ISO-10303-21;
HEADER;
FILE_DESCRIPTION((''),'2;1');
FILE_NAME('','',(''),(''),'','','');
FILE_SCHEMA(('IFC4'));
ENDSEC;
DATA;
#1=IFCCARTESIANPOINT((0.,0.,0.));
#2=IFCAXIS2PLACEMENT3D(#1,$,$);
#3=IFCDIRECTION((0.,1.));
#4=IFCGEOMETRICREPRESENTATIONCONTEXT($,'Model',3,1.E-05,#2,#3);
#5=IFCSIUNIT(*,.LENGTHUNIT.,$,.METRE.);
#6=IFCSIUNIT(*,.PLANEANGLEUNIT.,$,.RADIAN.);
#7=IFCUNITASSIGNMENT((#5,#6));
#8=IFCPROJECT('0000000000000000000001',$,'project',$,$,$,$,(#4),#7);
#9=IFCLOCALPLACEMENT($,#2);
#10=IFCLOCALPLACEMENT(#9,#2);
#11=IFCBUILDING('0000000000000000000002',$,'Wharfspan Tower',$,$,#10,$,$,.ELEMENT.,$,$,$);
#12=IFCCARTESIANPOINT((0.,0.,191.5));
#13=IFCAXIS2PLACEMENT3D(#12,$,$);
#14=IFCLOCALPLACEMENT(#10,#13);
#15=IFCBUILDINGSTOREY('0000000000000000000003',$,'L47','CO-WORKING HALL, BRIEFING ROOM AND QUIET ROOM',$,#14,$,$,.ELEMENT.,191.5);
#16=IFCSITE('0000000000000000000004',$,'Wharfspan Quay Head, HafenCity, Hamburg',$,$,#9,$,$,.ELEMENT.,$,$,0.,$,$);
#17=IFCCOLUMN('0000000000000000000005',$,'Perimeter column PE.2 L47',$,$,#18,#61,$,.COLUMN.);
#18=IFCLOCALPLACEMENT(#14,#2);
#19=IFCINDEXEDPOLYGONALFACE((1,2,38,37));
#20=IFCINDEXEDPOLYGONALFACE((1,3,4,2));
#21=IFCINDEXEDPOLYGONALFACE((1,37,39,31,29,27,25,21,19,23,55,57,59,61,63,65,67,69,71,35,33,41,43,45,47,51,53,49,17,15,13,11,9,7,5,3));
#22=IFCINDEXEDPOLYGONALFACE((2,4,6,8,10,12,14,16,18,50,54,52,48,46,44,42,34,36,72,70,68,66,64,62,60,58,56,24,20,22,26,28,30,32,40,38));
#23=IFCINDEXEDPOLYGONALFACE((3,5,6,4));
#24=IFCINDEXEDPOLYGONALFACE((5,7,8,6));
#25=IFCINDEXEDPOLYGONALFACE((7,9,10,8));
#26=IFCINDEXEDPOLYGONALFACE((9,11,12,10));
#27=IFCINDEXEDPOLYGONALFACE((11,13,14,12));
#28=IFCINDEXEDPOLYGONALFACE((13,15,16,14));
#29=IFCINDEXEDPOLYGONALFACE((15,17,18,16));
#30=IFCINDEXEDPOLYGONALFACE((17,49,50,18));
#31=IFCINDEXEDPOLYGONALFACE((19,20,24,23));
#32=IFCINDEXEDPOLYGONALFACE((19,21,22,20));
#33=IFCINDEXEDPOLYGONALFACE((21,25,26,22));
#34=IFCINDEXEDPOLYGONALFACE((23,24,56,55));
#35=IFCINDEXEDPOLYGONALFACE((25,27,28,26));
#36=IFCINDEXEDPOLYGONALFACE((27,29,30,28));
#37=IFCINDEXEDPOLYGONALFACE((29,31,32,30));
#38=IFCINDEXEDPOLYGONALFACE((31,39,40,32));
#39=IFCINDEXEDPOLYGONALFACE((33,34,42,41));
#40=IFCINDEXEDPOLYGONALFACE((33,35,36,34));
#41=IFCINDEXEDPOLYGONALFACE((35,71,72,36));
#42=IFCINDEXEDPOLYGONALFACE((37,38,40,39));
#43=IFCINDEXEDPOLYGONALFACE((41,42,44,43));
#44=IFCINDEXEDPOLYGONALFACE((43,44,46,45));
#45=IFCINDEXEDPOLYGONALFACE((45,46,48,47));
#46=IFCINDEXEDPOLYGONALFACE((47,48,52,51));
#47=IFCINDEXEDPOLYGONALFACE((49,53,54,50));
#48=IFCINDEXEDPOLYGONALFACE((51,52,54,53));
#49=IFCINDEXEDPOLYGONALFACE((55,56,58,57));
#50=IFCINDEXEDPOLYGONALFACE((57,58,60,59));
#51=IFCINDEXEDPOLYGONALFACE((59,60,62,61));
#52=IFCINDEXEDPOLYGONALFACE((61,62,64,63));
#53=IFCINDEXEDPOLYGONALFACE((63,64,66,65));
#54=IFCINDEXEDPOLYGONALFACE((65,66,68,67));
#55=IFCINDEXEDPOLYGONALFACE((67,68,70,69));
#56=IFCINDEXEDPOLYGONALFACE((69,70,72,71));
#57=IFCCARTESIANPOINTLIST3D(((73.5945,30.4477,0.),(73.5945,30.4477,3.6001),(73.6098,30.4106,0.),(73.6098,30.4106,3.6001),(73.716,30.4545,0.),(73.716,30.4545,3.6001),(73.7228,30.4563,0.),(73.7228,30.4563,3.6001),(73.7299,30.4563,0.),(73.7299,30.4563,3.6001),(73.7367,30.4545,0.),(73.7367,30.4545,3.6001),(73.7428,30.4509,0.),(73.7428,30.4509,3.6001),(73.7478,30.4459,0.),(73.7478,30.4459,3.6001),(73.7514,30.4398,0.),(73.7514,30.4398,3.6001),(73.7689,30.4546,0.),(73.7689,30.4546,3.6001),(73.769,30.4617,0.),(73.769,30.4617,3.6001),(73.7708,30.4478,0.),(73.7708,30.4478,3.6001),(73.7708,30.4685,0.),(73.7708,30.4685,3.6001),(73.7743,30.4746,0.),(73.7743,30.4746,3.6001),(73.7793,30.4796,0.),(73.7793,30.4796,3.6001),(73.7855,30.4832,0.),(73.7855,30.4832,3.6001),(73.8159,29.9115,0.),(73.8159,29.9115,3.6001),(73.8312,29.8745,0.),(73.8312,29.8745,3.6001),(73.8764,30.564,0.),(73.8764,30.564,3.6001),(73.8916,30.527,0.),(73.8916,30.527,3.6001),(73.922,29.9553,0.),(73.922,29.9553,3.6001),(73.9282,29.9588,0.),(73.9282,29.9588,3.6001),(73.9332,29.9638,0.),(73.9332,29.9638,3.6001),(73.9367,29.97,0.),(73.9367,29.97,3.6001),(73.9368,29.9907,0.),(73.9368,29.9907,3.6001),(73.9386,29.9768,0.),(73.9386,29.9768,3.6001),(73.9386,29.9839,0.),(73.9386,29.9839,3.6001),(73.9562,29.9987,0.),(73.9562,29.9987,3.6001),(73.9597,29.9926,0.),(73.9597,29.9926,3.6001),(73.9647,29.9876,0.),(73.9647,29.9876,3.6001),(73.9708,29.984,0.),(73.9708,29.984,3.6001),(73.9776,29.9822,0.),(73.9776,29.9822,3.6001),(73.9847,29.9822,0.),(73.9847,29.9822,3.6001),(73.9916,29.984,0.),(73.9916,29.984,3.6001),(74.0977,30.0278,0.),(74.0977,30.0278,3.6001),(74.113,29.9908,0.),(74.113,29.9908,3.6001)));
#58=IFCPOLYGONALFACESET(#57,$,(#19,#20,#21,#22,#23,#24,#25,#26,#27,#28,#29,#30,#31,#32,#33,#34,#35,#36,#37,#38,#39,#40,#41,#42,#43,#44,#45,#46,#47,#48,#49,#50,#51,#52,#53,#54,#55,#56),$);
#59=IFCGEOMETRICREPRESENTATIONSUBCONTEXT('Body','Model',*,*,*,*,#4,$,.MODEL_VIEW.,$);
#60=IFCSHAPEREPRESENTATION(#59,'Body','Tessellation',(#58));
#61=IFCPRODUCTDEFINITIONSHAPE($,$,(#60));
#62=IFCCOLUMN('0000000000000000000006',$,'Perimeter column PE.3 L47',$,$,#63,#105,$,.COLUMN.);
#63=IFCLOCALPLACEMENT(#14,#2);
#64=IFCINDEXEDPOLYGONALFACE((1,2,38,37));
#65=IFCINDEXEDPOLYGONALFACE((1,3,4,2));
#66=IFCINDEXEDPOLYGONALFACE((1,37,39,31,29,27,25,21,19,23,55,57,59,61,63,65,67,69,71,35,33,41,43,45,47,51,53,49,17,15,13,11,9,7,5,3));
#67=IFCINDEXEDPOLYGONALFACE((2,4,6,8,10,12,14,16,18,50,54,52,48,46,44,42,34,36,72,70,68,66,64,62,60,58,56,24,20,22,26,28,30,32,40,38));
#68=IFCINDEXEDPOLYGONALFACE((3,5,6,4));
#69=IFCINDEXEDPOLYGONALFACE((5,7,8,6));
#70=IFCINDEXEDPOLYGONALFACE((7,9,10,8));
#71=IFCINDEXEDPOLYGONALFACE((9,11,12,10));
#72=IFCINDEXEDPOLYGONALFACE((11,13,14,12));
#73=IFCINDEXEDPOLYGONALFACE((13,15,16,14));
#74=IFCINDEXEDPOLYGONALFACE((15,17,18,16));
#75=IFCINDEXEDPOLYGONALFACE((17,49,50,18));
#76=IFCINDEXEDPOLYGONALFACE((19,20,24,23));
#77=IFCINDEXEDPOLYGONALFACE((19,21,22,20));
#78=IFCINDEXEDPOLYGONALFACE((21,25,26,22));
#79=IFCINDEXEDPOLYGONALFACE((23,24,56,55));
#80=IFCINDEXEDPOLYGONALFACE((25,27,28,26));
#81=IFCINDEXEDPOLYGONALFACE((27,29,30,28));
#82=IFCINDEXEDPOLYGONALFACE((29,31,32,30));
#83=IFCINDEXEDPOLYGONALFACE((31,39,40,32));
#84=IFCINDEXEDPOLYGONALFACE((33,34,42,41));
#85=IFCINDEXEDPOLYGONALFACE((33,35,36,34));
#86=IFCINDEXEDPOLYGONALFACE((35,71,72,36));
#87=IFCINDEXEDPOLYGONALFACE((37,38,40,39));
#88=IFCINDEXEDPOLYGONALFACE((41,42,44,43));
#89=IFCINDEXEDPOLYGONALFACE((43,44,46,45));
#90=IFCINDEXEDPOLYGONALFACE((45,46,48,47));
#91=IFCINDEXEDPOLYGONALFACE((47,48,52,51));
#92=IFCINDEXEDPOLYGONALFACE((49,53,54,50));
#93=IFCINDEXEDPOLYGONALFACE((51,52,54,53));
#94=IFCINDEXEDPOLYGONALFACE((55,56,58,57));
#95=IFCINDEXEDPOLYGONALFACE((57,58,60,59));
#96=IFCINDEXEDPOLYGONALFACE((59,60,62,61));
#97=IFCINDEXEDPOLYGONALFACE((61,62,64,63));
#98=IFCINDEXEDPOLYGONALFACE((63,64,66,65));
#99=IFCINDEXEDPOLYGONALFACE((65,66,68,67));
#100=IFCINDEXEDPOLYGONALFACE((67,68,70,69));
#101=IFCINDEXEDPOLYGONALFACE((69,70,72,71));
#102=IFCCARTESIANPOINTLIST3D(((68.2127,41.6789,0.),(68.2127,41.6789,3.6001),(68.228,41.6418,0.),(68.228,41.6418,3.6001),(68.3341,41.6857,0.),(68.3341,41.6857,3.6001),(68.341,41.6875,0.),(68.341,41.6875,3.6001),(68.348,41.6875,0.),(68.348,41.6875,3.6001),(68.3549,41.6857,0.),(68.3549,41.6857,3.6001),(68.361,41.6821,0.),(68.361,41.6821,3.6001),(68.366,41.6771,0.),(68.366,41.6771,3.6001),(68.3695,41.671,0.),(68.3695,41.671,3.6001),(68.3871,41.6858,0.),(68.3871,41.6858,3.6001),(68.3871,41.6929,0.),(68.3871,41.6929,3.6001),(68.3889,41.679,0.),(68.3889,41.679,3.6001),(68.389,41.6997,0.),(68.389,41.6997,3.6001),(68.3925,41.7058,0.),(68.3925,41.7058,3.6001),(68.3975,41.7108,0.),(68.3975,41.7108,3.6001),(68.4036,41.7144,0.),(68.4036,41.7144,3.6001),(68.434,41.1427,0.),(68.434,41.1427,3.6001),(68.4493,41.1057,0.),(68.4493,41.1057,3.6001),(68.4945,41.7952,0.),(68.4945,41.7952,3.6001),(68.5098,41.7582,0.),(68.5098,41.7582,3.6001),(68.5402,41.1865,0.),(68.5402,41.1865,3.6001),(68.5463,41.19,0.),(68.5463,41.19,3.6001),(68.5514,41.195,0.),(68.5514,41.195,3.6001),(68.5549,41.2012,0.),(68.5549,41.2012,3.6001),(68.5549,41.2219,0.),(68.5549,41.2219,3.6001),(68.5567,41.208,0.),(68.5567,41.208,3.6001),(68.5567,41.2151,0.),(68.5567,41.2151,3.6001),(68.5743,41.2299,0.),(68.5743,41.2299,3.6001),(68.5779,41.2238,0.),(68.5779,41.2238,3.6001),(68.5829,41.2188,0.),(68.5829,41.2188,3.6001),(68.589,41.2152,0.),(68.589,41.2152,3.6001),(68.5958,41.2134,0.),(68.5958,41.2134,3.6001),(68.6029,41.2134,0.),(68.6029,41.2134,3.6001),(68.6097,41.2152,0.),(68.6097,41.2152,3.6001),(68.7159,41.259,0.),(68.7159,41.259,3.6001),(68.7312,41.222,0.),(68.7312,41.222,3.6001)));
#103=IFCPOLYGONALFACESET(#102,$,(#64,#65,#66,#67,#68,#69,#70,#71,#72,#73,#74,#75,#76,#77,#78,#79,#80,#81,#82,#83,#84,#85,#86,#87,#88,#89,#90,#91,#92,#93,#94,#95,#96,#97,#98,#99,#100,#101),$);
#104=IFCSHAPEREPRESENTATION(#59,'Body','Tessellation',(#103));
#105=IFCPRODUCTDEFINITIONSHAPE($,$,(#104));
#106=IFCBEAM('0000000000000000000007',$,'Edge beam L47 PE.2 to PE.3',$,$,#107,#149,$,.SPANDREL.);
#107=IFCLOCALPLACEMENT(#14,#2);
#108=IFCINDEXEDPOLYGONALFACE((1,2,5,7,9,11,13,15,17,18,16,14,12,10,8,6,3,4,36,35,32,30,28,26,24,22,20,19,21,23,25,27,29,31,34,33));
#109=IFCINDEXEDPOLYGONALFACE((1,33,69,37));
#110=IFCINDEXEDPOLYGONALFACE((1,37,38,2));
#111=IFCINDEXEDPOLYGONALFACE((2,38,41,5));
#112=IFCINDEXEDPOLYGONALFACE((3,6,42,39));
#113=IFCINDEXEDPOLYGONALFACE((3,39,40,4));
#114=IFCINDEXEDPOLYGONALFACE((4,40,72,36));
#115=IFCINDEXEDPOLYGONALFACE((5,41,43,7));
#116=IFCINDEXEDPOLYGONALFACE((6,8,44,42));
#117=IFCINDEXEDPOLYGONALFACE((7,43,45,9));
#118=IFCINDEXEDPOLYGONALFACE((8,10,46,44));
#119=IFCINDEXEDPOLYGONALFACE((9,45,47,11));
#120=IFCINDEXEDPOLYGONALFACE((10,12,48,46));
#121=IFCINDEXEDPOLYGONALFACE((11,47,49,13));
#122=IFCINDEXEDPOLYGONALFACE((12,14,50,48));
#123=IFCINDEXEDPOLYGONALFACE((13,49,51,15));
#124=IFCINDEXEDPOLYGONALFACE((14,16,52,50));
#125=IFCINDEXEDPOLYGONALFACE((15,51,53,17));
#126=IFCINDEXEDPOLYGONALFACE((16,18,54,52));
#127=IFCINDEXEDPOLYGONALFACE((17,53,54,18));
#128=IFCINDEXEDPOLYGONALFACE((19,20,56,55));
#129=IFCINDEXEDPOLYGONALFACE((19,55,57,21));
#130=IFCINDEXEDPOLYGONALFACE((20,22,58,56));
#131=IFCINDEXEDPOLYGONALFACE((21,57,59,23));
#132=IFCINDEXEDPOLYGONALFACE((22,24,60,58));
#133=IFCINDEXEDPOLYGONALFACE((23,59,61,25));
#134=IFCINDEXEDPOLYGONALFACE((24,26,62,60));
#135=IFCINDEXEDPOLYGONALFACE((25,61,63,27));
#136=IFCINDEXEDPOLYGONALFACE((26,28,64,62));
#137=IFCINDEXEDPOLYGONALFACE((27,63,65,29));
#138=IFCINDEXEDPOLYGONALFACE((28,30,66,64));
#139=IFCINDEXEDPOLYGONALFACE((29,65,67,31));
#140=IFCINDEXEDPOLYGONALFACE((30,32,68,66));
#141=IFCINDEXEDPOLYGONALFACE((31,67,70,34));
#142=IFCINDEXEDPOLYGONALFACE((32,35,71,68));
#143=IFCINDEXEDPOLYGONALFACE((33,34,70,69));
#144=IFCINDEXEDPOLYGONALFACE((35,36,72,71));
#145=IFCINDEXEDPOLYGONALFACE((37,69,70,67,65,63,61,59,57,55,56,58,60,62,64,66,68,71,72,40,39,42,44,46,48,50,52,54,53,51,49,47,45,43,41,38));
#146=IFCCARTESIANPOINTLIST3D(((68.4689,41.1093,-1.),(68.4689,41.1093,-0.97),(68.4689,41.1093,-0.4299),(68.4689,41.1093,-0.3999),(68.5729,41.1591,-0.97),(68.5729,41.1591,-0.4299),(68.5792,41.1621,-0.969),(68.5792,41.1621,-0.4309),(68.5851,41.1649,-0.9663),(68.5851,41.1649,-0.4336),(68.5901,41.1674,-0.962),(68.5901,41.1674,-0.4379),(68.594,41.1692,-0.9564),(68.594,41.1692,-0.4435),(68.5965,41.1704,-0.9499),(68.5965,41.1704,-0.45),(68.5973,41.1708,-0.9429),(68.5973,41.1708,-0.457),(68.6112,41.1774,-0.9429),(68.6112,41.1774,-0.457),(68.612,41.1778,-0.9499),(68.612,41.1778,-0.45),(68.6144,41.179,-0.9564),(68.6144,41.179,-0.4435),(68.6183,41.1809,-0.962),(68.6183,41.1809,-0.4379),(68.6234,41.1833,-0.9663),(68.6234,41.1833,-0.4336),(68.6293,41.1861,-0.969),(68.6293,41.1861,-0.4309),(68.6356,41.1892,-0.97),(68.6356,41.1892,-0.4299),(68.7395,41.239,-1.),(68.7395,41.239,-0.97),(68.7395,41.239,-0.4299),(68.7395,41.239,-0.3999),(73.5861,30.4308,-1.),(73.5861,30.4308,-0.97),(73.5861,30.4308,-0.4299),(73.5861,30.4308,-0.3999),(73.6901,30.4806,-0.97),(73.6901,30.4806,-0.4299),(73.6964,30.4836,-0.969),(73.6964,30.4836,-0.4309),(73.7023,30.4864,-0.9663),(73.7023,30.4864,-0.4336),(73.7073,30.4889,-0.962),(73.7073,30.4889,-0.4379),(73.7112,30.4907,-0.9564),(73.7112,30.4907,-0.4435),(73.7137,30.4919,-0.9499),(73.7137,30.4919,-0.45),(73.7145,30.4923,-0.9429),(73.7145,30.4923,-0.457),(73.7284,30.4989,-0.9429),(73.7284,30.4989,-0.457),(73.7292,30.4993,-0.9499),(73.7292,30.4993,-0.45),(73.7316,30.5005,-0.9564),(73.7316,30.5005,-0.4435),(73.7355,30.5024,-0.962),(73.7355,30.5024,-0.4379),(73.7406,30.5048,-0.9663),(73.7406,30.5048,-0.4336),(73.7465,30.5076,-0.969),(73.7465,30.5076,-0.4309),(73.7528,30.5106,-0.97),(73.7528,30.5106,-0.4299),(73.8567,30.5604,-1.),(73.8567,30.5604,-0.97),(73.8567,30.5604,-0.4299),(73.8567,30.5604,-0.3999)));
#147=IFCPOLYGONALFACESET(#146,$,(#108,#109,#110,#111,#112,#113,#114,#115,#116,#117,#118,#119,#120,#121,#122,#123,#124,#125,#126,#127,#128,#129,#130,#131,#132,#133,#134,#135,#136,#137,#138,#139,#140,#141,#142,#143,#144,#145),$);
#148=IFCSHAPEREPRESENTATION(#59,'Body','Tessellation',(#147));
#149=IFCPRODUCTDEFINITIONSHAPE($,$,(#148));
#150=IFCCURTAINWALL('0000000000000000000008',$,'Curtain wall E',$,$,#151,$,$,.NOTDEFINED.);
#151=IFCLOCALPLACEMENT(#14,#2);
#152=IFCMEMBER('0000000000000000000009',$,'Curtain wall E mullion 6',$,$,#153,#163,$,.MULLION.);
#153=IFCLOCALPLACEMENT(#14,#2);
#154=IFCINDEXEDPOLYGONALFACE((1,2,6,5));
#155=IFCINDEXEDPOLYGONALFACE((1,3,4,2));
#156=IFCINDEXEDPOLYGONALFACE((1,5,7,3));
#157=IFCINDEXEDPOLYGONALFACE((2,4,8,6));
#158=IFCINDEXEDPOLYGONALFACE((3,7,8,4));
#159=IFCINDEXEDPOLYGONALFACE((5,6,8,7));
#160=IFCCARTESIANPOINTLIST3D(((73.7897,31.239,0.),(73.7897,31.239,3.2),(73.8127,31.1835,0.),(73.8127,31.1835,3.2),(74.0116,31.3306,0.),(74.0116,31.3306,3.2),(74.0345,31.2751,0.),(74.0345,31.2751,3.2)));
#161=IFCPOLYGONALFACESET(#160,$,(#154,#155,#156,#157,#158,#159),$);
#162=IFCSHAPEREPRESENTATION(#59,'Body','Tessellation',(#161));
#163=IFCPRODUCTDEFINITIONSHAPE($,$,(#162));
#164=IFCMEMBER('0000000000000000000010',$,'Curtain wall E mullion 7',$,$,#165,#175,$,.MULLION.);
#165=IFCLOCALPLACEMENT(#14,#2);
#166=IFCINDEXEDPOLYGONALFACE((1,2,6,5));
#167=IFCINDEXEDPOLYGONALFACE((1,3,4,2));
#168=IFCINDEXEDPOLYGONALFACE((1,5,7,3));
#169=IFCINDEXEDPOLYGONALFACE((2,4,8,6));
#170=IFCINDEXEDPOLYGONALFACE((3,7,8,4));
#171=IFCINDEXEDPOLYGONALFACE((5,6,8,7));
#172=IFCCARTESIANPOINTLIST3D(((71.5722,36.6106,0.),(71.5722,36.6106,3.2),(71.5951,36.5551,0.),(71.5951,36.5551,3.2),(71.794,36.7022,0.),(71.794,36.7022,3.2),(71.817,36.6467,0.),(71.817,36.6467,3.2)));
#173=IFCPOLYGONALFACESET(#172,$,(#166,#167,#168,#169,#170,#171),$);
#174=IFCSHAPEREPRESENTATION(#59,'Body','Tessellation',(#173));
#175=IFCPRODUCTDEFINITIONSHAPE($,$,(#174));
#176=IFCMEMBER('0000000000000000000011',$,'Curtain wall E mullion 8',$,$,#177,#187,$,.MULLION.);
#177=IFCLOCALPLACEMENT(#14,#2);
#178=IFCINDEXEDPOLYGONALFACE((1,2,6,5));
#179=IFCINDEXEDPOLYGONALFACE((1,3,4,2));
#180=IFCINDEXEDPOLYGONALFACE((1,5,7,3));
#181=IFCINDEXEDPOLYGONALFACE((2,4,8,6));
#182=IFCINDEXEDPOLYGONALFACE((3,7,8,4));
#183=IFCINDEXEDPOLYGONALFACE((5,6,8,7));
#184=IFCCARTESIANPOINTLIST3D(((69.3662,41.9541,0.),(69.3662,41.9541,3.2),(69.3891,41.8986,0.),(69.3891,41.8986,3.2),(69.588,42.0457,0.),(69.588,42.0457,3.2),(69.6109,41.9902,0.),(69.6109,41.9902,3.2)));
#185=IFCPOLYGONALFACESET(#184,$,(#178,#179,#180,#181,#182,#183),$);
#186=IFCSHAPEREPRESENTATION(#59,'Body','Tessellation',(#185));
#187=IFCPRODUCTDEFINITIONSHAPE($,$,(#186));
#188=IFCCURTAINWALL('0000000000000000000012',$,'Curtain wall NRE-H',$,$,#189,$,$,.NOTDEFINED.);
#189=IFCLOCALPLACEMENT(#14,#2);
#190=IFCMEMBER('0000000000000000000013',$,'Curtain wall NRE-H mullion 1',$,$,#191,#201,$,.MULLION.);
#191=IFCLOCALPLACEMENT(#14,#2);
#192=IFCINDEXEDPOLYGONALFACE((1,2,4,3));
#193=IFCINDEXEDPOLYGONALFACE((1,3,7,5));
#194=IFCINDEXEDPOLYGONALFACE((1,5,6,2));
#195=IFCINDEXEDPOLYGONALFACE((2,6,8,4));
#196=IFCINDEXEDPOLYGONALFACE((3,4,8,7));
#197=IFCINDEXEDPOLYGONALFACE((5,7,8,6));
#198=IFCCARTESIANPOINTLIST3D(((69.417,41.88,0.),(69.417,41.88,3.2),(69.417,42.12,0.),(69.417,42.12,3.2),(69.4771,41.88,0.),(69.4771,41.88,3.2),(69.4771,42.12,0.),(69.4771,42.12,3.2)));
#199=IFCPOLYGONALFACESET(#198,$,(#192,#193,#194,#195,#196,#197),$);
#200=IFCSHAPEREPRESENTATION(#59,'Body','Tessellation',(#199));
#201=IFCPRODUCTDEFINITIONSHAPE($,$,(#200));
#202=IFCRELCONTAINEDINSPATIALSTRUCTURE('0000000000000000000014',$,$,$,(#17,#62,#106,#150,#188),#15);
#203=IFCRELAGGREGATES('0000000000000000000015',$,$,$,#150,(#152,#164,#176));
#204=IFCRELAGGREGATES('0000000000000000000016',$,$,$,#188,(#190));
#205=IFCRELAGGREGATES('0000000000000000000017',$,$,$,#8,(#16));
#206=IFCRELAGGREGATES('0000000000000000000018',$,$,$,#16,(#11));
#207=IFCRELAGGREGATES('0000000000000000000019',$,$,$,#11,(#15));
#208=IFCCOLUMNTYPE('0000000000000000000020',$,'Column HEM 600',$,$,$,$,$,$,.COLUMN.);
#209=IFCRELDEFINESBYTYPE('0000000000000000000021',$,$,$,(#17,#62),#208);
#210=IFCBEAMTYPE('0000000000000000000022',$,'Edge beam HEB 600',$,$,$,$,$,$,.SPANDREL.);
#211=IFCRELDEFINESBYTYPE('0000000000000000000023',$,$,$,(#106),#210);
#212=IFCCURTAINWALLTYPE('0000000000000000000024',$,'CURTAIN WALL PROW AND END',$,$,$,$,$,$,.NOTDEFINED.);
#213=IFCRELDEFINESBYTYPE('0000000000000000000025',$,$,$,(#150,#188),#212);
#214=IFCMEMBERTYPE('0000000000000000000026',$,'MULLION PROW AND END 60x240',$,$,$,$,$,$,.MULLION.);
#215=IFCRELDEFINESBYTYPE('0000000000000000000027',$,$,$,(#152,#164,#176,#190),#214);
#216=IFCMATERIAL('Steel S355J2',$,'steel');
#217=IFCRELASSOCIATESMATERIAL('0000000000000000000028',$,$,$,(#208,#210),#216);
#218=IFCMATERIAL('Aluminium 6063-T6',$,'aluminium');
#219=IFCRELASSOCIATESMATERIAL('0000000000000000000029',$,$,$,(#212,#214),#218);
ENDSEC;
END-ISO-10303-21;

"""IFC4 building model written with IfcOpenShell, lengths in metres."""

from ifc_helpers import new_model, si_unit, direction, frame, origin, origin_2d, place, context, subcontext, project, spatial, rectangle, i_section, extrude, material, material_profile, profile_set, type_object, element, aggregate, save


model = new_model("IFC4")

# Units and contexts
model_context = context("Model", 3, precision=1e-05, world=origin(), true_north=direction((0.0, 1.0)))
body_context = subcontext(model_context, "Body", "Model", "MODEL_VIEW")
ifc_project = project(units=[si_unit("LENGTHUNIT", "METRE"), si_unit("PLANEANGLEUNIT", "RADIAN")], contexts=[model_context])

# Site, building, storey
site_placement = place(None, origin())
site = spatial("IfcSite", under=ifc_project, at=site_placement, Name="Wharfspan Quay Head, HafenCity, Hamburg", CompositionType="ELEMENT", RefElevation=0.0)
building_placement = place(site_placement, origin())
building = spatial("IfcBuilding", under=site, at=building_placement, Name="Wharfspan Tower", CompositionType="ELEMENT")
storey_placement = place(building_placement, frame((0.0, 0.0, 191.5)))
storey = spatial("IfcBuildingStorey", under=building, at=storey_placement, Name="L47", Description="CO-WORKING HALL, BRIEFING ROOM AND QUIET ROOM", CompositionType="ELEMENT", Elevation=191.5)

# Columns
ifc_material_1 = material(Name="Steel S355J2", Category="steel")
ifc_material_profile_1 = material_profile(ifc_material_1, i_section(OverallWidth=0.3049, OverallDepth=0.6201, WebThickness=0.021, FlangeThickness=0.04, FilletRadius=0.0271, at=origin_2d()))
ifc_profile_set_1 = profile_set([ifc_material_profile_1], Name="Steel S355J2")
column_type = type_object("IfcColumnType", Name="Column HEM 600", PredefinedType="COLUMN", material=ifc_profile_set_1)
for number, where, z_axis, x_axis, name in (
    (1, (73.8538, 30.2192, 0.0), (0.0, 0.0, 1.0), (0.924325, 0.381602, 0.0), "Perimeter column PE.2 L47"),
    (2, (68.4719, 41.4504, 0.0), (0.0, 0.0, 1.0), (0.924325, 0.381602, 0.0), "Perimeter column PE.3 L47"),
):
    element("IfcColumn", number, at=place(storey_placement, frame(where, z_axis=z_axis, x_axis=x_axis)), inside=storey, type_object=column_type, Name=name, PredefinedType="COLUMN", context=body_context, shape_type="SweptSolid", body=[
        extrude(i_section(OverallWidth=0.3049, OverallDepth=0.6201, WebThickness=0.021, FlangeThickness=0.04, FilletRadius=0.0271, at=origin_2d()), origin(), (0.0, 0.0, 1.0), 3.6001),
    ])

# Beam
ifc_material_profile_2 = material_profile(ifc_material_1, i_section(OverallWidth=0.3, OverallDepth=0.6001, WebThickness=0.0154, FlangeThickness=0.03, FilletRadius=0.0271, at=origin_2d()))
ifc_profile_set_2 = profile_set([ifc_material_profile_2], Name="Steel S355J2")
beam_type = type_object("IfcBeamType", Name="Edge beam HEB 600", PredefinedType="SPANDREL", material=ifc_profile_set_2)
beam_placement = place(storey_placement, frame((73.7214, 30.4956, -0.7), z_axis=(-0.432149, 0.901802, 0.0), x_axis=(-0.901802, -0.432149, 0.0)))
element("IfcBeam", 3, at=beam_placement, inside=storey, type_object=beam_type, Name="Edge beam L47 PE.2 to PE.3", PredefinedType="SPANDREL", context=body_context, shape_type="SweptSolid", body=[
    extrude(i_section(OverallWidth=0.3, OverallDepth=0.6001, WebThickness=0.0154, FlangeThickness=0.03, FilletRadius=0.0271, at=origin_2d()), origin(), (0.0, 0.0, 1.0), 11.8413),
])

# Curtain wall, members
ifc_material_2 = material(Name="Aluminium 6063-T6", Category="aluminium")
curtain_wall_type = type_object("IfcCurtainWallType", Name="CURTAIN WALL PROW AND END", PredefinedType="NOTDEFINED", material=ifc_material_2)
curtain_wall_1_placement = place(storey_placement, origin())
curtain_wall_1 = element("IfcCurtainWall", 4, at=curtain_wall_1_placement, inside=storey, type_object=curtain_wall_type, Name="Curtain wall E", PredefinedType="NOTDEFINED")
ifc_material_profile_3 = material_profile(ifc_material_2, rectangle(XDim=0.24, YDim=0.0601, at=origin_2d()))
ifc_profile_set_3 = profile_set([ifc_material_profile_3], Name="Aluminium 6063-T6")
member_type_1 = type_object("IfcMemberType", Name="MULLION PROW AND END 60x240", PredefinedType="MULLION", material=ifc_profile_set_3)
member_1_placement = place(storey_placement, frame((73.9121, 31.2571, 0.0), z_axis=(0.0, 0.0, 1.0), x_axis=(-0.924325, -0.381602, 0.0)))
member_1 = element("IfcMember", 5, at=member_1_placement, type_object=member_type_1, Name="Curtain wall E mullion 6", PredefinedType="MULLION", context=body_context, shape_type="SweptSolid", body=[
    extrude(rectangle(XDim=0.24, YDim=0.0601, at=origin_2d()), origin(), (0.0, 0.0, 1.0), 3.2),
])
member_2_placement = place(storey_placement, frame((71.6946, 36.6287, 0.0), z_axis=(0.0, 0.0, 1.0), x_axis=(-0.924325, -0.381602, 0.0)))
member_2 = element("IfcMember", 6, at=member_2_placement, type_object=member_type_1, Name="Curtain wall E mullion 7", PredefinedType="MULLION", context=body_context, shape_type="SweptSolid", body=[
    extrude(rectangle(XDim=0.24, YDim=0.0601, at=origin_2d()), origin(), (0.0, 0.0, 1.0), 3.2),
])
member_3_placement = place(storey_placement, frame((69.4885, 41.9722, 0.0), z_axis=(0.0, 0.0, 1.0), x_axis=(-0.924325, -0.381602, 0.0)))
member_3 = element("IfcMember", 7, at=member_3_placement, type_object=member_type_1, Name="Curtain wall E mullion 8", PredefinedType="MULLION", context=body_context, shape_type="SweptSolid", body=[
    extrude(rectangle(XDim=0.24, YDim=0.0601, at=origin_2d()), origin(), (0.0, 0.0, 1.0), 3.2),
])

# Curtain wall, member
curtain_wall_2_placement = place(storey_placement, origin())
curtain_wall_2 = element("IfcCurtainWall", 8, at=curtain_wall_2_placement, inside=storey, type_object=curtain_wall_type, Name="Curtain wall NRE-H", PredefinedType="NOTDEFINED")
member_4_placement = place(storey_placement, frame((69.447, 42.0, 0.0), z_axis=(0.0, 0.0, 1.0), x_axis=(0.0, -1.0, 0.0)))
member_4 = element("IfcMember", 9, at=member_4_placement, type_object=member_type_1, Name="Curtain wall NRE-H mullion 1", PredefinedType="MULLION", context=body_context, shape_type="SweptSolid", body=[
    extrude(rectangle(XDim=0.24, YDim=0.0601, at=origin_2d()), origin(), (0.0, 0.0, 1.0), 3.2),
])

aggregate(curtain_wall_1, [member_1, member_2, member_3])
aggregate(curtain_wall_2, [member_4])

save(model, "model.ifc")
